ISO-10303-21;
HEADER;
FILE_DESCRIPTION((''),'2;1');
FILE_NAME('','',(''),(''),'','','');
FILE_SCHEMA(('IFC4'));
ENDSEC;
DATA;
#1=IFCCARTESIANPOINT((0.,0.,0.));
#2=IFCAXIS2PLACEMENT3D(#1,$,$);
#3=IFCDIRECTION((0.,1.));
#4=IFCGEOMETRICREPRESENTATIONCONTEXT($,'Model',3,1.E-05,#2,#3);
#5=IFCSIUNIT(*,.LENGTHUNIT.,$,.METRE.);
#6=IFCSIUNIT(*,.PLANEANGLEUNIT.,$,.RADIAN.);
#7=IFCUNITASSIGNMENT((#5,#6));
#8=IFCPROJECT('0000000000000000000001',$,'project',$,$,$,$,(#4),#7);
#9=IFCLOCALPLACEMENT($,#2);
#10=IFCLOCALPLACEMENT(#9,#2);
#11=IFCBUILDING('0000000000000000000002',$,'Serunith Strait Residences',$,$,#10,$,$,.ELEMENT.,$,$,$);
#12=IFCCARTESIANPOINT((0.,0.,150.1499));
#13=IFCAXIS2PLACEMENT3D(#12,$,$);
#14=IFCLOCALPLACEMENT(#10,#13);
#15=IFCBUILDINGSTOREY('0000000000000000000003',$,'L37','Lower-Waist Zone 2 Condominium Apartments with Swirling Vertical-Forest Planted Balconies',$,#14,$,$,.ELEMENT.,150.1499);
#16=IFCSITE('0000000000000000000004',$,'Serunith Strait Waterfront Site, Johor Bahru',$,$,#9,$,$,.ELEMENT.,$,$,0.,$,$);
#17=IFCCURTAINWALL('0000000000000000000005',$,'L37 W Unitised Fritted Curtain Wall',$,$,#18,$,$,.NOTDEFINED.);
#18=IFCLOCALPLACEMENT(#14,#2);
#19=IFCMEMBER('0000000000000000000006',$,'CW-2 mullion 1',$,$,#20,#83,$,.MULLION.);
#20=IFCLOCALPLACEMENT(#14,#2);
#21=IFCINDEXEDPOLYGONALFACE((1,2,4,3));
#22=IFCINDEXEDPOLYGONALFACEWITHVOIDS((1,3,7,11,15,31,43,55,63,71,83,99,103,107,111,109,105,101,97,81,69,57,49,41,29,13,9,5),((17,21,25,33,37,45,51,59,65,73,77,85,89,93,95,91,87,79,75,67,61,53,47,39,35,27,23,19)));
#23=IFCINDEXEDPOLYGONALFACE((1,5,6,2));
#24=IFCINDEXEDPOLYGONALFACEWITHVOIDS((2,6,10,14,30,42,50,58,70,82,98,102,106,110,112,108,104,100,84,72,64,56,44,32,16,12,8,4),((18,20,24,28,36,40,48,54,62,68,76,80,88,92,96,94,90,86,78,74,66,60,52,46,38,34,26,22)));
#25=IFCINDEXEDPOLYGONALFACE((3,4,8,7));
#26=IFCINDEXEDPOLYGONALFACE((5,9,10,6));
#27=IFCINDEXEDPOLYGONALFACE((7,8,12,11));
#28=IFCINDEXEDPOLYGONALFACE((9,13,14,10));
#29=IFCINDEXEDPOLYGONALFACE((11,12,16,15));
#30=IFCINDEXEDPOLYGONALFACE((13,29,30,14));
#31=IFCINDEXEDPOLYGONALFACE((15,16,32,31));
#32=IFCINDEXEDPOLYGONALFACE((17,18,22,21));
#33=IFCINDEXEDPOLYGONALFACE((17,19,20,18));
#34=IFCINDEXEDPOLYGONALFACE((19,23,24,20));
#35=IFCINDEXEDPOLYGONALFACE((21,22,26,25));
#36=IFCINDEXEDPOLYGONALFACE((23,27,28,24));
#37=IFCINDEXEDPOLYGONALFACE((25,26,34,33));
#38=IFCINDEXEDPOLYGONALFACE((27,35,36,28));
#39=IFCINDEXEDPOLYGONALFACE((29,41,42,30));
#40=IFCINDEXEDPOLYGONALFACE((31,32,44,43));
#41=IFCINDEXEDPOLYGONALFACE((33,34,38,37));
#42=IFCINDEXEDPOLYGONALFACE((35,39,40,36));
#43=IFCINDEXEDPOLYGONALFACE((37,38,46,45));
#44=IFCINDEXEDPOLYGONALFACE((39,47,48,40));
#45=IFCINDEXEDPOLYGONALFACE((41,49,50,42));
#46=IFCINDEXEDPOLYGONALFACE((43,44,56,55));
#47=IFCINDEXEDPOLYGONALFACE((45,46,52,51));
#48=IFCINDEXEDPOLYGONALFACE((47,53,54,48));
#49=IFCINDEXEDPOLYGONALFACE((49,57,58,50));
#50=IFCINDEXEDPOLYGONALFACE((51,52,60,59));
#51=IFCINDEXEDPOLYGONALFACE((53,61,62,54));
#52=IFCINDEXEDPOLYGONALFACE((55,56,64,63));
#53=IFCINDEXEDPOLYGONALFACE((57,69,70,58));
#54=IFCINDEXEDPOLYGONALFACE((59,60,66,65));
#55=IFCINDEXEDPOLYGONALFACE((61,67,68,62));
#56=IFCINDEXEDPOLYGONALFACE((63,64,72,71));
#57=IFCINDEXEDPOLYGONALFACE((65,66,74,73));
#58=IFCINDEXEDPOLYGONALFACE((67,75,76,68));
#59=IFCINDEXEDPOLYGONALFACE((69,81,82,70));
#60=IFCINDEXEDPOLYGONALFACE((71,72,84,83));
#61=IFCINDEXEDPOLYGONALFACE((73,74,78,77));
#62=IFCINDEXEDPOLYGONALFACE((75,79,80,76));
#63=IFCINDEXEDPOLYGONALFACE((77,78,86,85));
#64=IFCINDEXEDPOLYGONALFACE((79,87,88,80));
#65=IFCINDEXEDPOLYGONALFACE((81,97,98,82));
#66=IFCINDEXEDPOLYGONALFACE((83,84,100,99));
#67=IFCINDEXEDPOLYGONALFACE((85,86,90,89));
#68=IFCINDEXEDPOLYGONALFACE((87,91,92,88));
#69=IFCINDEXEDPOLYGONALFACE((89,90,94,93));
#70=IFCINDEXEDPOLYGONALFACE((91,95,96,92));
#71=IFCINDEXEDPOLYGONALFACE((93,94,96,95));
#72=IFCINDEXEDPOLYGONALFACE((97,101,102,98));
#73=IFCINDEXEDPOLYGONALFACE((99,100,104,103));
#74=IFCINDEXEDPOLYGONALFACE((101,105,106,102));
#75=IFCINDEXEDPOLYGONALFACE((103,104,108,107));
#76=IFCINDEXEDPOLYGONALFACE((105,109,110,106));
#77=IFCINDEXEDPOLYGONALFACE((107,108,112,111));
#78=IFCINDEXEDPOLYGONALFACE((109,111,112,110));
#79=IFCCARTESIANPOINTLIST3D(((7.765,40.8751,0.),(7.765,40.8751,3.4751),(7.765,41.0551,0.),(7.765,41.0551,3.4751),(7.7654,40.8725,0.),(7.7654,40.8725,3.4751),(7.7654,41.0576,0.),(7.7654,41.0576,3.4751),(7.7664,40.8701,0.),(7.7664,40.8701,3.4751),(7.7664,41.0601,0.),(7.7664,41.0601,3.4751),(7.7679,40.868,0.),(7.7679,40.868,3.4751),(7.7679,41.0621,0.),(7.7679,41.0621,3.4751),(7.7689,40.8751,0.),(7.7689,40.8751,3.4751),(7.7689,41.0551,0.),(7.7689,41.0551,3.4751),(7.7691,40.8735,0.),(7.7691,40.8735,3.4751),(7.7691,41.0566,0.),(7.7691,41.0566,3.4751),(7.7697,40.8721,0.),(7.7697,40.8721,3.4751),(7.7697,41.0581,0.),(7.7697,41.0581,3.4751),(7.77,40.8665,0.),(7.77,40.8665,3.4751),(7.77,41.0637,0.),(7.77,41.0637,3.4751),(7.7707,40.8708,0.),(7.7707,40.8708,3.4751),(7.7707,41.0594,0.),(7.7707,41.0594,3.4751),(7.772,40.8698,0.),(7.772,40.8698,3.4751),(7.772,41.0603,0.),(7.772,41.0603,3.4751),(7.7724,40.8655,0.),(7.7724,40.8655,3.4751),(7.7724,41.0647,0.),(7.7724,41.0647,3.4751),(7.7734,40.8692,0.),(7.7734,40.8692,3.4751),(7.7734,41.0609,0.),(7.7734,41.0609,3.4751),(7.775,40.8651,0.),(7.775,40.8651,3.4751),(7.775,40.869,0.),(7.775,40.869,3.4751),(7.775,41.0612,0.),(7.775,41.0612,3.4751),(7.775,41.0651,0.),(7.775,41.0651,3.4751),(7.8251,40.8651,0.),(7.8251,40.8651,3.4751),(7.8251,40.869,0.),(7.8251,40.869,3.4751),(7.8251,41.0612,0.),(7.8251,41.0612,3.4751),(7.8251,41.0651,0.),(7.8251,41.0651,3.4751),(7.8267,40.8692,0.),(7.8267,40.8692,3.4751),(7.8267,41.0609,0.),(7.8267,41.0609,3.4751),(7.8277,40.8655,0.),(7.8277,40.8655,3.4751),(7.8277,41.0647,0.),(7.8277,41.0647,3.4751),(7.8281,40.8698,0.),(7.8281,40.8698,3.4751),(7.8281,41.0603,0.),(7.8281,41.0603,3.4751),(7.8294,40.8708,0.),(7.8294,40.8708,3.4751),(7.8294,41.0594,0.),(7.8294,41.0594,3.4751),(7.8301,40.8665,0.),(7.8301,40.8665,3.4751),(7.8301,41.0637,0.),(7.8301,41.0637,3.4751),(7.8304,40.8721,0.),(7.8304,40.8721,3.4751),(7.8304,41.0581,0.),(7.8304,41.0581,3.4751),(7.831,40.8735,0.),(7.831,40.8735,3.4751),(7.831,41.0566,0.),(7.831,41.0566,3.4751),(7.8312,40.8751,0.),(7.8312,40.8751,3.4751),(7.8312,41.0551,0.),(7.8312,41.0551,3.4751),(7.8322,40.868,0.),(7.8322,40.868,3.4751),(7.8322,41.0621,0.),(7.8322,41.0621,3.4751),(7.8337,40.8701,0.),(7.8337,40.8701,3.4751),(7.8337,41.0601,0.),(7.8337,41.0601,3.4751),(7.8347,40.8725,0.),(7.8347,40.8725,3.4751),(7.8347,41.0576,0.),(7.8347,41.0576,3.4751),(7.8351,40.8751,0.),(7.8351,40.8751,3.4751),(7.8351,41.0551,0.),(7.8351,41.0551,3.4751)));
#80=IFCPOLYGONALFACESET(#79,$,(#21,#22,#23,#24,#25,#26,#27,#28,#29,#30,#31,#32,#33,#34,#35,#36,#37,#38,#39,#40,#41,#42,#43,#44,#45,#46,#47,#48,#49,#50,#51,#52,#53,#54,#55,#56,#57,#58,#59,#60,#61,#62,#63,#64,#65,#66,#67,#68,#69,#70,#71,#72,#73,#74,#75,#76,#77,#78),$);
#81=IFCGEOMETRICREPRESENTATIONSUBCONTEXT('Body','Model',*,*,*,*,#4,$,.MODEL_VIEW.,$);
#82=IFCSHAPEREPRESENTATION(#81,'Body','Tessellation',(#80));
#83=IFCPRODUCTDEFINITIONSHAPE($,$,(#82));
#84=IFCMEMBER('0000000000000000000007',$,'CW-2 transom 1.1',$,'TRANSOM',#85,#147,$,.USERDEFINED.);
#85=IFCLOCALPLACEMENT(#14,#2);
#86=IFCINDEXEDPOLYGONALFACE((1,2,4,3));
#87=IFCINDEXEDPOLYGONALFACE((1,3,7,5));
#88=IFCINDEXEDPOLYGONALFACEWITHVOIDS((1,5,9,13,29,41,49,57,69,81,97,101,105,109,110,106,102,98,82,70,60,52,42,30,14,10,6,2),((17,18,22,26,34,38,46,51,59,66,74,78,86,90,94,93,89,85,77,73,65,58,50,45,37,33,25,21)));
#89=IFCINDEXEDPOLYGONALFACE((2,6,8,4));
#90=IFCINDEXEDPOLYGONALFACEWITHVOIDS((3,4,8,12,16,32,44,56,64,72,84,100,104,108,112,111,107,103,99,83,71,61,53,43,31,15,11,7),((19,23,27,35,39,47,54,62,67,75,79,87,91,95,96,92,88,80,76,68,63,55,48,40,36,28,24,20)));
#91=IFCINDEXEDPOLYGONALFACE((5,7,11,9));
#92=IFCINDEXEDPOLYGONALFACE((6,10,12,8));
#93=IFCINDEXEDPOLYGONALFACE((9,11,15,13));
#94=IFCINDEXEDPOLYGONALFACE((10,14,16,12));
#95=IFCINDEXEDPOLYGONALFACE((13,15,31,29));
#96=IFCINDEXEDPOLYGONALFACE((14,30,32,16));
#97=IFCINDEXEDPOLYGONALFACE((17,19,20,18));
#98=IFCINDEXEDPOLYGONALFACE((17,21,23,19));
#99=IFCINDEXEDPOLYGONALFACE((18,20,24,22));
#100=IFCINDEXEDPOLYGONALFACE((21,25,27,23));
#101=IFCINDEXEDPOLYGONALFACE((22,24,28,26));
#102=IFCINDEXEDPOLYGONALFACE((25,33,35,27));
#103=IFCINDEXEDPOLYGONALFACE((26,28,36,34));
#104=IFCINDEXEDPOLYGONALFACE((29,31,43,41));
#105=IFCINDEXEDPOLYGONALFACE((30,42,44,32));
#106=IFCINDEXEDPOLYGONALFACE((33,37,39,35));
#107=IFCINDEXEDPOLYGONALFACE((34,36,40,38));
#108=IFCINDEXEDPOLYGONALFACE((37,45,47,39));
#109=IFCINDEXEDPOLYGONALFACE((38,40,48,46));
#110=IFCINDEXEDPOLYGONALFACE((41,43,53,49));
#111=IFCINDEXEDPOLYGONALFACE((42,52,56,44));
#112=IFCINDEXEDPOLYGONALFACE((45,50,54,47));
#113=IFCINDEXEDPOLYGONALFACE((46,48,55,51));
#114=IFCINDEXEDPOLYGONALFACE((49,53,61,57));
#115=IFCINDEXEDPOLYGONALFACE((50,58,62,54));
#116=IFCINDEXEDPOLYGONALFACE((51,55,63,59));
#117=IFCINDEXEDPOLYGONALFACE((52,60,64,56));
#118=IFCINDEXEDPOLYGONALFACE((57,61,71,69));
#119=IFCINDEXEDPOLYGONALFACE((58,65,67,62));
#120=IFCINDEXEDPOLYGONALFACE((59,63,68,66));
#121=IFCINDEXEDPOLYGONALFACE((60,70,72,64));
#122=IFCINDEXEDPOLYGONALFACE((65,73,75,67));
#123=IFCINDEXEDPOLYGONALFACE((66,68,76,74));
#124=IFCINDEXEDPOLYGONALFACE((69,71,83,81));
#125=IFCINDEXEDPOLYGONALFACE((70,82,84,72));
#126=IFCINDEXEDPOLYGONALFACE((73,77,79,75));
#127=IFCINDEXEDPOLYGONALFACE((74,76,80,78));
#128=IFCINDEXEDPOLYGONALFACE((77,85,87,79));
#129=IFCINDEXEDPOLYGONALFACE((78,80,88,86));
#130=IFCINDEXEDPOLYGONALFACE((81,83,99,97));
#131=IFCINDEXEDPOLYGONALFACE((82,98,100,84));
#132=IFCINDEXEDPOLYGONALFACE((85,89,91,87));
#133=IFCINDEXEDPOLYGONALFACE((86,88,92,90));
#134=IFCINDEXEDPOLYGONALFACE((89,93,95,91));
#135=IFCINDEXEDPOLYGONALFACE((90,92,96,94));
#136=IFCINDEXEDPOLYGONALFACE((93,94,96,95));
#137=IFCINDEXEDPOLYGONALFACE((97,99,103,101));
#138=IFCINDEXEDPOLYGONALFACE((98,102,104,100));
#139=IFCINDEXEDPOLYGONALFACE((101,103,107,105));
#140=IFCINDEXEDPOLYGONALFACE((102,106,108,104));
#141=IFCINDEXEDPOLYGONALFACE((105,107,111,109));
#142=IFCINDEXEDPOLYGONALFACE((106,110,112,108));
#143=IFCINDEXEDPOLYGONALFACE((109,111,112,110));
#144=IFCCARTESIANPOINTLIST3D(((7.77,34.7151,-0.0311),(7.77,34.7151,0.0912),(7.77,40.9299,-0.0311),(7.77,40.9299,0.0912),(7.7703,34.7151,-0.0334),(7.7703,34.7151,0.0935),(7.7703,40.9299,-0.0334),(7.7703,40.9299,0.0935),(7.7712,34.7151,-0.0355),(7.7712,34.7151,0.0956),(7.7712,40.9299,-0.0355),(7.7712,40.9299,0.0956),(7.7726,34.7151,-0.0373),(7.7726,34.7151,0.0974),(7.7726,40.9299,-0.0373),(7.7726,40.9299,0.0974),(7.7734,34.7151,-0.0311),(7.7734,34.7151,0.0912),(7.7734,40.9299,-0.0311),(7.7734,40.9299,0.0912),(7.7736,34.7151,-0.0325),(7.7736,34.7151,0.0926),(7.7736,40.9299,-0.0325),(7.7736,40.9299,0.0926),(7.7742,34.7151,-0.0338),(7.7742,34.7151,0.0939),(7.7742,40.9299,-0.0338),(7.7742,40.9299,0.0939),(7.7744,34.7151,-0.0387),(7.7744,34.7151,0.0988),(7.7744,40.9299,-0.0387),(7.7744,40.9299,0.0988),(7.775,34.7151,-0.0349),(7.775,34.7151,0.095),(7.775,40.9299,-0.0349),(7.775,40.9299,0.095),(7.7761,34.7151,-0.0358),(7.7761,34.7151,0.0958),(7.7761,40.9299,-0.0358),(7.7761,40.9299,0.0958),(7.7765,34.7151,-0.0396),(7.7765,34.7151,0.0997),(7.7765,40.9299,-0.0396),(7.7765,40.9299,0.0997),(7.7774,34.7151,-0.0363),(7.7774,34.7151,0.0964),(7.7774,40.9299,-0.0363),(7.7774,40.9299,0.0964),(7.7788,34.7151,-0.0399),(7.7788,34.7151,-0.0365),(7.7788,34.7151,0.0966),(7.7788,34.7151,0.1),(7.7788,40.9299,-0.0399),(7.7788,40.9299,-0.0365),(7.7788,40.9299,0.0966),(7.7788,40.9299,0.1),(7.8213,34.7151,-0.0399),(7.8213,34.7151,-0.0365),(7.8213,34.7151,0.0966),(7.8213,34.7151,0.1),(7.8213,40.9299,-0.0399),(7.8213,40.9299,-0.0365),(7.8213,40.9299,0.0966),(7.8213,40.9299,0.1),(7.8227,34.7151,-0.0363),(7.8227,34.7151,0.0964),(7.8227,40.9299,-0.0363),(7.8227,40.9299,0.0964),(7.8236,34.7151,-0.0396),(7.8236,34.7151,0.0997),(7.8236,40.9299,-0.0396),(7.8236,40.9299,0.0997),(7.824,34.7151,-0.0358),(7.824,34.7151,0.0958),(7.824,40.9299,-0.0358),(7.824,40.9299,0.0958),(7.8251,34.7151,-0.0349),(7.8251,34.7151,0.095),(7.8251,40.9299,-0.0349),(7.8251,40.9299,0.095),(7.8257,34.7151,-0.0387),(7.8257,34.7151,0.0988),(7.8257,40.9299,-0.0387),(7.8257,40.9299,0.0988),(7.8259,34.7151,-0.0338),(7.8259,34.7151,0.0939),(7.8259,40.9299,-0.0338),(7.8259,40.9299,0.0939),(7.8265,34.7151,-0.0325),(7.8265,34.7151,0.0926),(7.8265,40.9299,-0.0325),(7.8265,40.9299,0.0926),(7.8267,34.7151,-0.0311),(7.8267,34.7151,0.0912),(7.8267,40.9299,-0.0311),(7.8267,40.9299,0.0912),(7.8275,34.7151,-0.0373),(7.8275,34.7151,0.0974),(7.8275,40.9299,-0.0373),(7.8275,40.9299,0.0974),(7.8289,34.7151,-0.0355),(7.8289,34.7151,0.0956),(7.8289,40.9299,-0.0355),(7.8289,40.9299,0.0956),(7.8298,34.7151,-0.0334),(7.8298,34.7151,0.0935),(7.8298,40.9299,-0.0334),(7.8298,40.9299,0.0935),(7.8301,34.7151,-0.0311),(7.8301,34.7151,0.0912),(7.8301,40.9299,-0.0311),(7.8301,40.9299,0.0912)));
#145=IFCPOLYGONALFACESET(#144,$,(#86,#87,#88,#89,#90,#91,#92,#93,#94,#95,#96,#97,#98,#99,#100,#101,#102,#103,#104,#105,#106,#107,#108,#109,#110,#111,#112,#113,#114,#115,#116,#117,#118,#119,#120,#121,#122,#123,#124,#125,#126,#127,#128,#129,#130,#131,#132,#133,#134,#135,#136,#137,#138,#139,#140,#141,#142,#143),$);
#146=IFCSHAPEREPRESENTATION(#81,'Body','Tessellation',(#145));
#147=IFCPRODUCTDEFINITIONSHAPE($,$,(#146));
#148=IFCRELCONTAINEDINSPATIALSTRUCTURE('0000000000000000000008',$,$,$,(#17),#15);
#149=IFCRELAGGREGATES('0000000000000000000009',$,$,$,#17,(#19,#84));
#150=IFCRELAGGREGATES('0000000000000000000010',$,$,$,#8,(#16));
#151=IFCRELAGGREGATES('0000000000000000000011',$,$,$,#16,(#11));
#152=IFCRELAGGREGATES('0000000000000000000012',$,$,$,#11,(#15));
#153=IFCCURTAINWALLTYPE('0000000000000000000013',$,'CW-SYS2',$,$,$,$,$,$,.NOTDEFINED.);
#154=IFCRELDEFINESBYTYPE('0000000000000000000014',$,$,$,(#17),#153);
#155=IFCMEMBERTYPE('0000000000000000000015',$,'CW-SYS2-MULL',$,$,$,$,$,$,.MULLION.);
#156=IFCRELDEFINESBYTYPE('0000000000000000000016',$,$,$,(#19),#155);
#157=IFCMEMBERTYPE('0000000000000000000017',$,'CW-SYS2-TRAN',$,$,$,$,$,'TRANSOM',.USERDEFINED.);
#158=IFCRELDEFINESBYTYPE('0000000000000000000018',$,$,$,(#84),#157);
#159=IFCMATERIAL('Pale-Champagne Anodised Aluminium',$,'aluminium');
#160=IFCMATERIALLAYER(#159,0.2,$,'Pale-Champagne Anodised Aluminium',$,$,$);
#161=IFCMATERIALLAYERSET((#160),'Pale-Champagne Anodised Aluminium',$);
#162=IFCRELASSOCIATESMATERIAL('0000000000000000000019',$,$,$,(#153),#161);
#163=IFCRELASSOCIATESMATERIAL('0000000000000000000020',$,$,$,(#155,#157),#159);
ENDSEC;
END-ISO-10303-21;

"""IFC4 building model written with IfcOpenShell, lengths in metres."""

from ifc_helpers import new_model, si_unit, direction, frame, origin, origin_2d, place, context, subcontext, project, spatial, hollow_rectangle, extrude, source, transform, mapped, material, layer, layer_set, material_profile, profile_set, type_object, element, aggregate, save


model = new_model("IFC4")

# Units and contexts
model_context = context("Model", 3, precision=1e-05, world=origin(), true_north=direction((0.0, 1.0)))
body_context = subcontext(model_context, "Body", "Model", "MODEL_VIEW")
ifc_project = project(units=[si_unit("LENGTHUNIT", "METRE"), si_unit("PLANEANGLEUNIT", "RADIAN")], contexts=[model_context])

# Site, building, storey
site_placement = place(None, origin())
site = spatial("IfcSite", under=ifc_project, at=site_placement, Name="Serunith Strait Waterfront Site, Johor Bahru", CompositionType="ELEMENT", RefElevation=0.0)
building_placement = place(site_placement, origin())
building = spatial("IfcBuilding", under=site, at=building_placement, Name="Serunith Strait Residences", CompositionType="ELEMENT")
storey_placement = place(building_placement, frame((0.0, 0.0, 150.1499)))
storey = spatial("IfcBuildingStorey", under=building, at=storey_placement, Name="L37", Description="Lower-Waist Zone 2 Condominium Apartments with Swirling Vertical-Forest Planted Balconies", CompositionType="ELEMENT", Elevation=150.1499)

# Shared definitions
ifc_material_1 = material(Name="Pale-Champagne Anodised Aluminium", Category="aluminium")
ifc_layer_1 = layer(ifc_material_1, 0.2, Name="Pale-Champagne Anodised Aluminium")
ifc_layer_set_1 = layer_set([ifc_layer_1], Name="Pale-Champagne Anodised Aluminium")
curtain_wall_type = type_object("IfcCurtainWallType", Name="CW-SYS2", PredefinedType="NOTDEFINED", material=ifc_layer_set_1)
ifc_material_profile_1 = material_profile(ifc_material_1, hollow_rectangle(XDim=0.0701, YDim=0.2, WallThickness=0.0039, InnerFilletRadius=0.0061, OuterFilletRadius=0.01, at=origin_2d()), Name="ALU 200x70x4")
ifc_profile_set_1 = profile_set([ifc_material_profile_1], Name="Pale-Champagne Anodised Aluminium")
member_type_1 = type_object("IfcMemberType", Name="CW-SYS2-MULL", PredefinedType="MULLION", material=ifc_profile_set_1)
shared_shape_1 = source(origin(), body_context, "Body", "SweptSolid", [
    extrude(hollow_rectangle(XDim=0.0701, YDim=0.2, WallThickness=0.0039, InnerFilletRadius=0.0061, OuterFilletRadius=0.01, at=origin_2d()), origin(), (0.0, 0.0, 1.0), 3.4751),
])

# Curtain wall, members
curtain_wall_1_placement = place(storey_placement, origin())
curtain_wall_1 = element("IfcCurtainWall", 1, at=curtain_wall_1_placement, inside=storey, type_object=curtain_wall_type, Name="L37 W Unitised Fritted Curtain Wall", PredefinedType="NOTDEFINED")
member_1_placement = place(storey_placement, frame((7.8, 40.9651, 0.0), z_axis=(0.0, 0.0, 1.0), x_axis=(1.0, 0.0, 0.0)))
member_1 = element("IfcMember", 2, at=member_1_placement, type_object=member_type_1, Name="CW-2 mullion 1", PredefinedType="MULLION", context=body_context, shape_type="MappedRepresentation", body=[
    mapped(shared_shape_1, transform((0.0, 0.0, 0.0), scale=1.0)),
])
ifc_material_profile_2 = material_profile(ifc_material_1, hollow_rectangle(XDim=0.0601, YDim=0.1399, WallThickness=0.0034, InnerFilletRadius=0.0054, OuterFilletRadius=0.0088, at=origin_2d()), Name="ALU 140x60x3.5")
ifc_profile_set_2 = profile_set([ifc_material_profile_2], Name="Pale-Champagne Anodised Aluminium")
member_type_2 = type_object("IfcMemberType", Name="CW-SYS2-TRAN", ElementType="TRANSOM", PredefinedType="USERDEFINED", material=ifc_profile_set_2)
shared_shape_2 = source(origin(), body_context, "Body", "SweptSolid", [
    extrude(hollow_rectangle(XDim=0.0601, YDim=0.1399, WallThickness=0.0034, InnerFilletRadius=0.0054, OuterFilletRadius=0.0088, at=origin_2d()), origin(), (0.0, 0.0, 1.0), 6.2148),
])
member_2_placement = place(storey_placement, frame((7.8, 40.9299, 0.03), z_axis=(0.0, -1.0, 0.0), x_axis=(1.0, 0.0, 0.0)))
member_2 = element("IfcMember", 3, at=member_2_placement, type_object=member_type_2, Name="CW-2 transom 1.1", ObjectType="TRANSOM", PredefinedType="USERDEFINED", context=body_context, shape_type="MappedRepresentation", body=[
    mapped(shared_shape_2, transform((0.0, 0.0, 0.0), scale=1.0)),
])
aggregate(curtain_wall_1, [member_1, member_2])

save(model, "model.ifc")
